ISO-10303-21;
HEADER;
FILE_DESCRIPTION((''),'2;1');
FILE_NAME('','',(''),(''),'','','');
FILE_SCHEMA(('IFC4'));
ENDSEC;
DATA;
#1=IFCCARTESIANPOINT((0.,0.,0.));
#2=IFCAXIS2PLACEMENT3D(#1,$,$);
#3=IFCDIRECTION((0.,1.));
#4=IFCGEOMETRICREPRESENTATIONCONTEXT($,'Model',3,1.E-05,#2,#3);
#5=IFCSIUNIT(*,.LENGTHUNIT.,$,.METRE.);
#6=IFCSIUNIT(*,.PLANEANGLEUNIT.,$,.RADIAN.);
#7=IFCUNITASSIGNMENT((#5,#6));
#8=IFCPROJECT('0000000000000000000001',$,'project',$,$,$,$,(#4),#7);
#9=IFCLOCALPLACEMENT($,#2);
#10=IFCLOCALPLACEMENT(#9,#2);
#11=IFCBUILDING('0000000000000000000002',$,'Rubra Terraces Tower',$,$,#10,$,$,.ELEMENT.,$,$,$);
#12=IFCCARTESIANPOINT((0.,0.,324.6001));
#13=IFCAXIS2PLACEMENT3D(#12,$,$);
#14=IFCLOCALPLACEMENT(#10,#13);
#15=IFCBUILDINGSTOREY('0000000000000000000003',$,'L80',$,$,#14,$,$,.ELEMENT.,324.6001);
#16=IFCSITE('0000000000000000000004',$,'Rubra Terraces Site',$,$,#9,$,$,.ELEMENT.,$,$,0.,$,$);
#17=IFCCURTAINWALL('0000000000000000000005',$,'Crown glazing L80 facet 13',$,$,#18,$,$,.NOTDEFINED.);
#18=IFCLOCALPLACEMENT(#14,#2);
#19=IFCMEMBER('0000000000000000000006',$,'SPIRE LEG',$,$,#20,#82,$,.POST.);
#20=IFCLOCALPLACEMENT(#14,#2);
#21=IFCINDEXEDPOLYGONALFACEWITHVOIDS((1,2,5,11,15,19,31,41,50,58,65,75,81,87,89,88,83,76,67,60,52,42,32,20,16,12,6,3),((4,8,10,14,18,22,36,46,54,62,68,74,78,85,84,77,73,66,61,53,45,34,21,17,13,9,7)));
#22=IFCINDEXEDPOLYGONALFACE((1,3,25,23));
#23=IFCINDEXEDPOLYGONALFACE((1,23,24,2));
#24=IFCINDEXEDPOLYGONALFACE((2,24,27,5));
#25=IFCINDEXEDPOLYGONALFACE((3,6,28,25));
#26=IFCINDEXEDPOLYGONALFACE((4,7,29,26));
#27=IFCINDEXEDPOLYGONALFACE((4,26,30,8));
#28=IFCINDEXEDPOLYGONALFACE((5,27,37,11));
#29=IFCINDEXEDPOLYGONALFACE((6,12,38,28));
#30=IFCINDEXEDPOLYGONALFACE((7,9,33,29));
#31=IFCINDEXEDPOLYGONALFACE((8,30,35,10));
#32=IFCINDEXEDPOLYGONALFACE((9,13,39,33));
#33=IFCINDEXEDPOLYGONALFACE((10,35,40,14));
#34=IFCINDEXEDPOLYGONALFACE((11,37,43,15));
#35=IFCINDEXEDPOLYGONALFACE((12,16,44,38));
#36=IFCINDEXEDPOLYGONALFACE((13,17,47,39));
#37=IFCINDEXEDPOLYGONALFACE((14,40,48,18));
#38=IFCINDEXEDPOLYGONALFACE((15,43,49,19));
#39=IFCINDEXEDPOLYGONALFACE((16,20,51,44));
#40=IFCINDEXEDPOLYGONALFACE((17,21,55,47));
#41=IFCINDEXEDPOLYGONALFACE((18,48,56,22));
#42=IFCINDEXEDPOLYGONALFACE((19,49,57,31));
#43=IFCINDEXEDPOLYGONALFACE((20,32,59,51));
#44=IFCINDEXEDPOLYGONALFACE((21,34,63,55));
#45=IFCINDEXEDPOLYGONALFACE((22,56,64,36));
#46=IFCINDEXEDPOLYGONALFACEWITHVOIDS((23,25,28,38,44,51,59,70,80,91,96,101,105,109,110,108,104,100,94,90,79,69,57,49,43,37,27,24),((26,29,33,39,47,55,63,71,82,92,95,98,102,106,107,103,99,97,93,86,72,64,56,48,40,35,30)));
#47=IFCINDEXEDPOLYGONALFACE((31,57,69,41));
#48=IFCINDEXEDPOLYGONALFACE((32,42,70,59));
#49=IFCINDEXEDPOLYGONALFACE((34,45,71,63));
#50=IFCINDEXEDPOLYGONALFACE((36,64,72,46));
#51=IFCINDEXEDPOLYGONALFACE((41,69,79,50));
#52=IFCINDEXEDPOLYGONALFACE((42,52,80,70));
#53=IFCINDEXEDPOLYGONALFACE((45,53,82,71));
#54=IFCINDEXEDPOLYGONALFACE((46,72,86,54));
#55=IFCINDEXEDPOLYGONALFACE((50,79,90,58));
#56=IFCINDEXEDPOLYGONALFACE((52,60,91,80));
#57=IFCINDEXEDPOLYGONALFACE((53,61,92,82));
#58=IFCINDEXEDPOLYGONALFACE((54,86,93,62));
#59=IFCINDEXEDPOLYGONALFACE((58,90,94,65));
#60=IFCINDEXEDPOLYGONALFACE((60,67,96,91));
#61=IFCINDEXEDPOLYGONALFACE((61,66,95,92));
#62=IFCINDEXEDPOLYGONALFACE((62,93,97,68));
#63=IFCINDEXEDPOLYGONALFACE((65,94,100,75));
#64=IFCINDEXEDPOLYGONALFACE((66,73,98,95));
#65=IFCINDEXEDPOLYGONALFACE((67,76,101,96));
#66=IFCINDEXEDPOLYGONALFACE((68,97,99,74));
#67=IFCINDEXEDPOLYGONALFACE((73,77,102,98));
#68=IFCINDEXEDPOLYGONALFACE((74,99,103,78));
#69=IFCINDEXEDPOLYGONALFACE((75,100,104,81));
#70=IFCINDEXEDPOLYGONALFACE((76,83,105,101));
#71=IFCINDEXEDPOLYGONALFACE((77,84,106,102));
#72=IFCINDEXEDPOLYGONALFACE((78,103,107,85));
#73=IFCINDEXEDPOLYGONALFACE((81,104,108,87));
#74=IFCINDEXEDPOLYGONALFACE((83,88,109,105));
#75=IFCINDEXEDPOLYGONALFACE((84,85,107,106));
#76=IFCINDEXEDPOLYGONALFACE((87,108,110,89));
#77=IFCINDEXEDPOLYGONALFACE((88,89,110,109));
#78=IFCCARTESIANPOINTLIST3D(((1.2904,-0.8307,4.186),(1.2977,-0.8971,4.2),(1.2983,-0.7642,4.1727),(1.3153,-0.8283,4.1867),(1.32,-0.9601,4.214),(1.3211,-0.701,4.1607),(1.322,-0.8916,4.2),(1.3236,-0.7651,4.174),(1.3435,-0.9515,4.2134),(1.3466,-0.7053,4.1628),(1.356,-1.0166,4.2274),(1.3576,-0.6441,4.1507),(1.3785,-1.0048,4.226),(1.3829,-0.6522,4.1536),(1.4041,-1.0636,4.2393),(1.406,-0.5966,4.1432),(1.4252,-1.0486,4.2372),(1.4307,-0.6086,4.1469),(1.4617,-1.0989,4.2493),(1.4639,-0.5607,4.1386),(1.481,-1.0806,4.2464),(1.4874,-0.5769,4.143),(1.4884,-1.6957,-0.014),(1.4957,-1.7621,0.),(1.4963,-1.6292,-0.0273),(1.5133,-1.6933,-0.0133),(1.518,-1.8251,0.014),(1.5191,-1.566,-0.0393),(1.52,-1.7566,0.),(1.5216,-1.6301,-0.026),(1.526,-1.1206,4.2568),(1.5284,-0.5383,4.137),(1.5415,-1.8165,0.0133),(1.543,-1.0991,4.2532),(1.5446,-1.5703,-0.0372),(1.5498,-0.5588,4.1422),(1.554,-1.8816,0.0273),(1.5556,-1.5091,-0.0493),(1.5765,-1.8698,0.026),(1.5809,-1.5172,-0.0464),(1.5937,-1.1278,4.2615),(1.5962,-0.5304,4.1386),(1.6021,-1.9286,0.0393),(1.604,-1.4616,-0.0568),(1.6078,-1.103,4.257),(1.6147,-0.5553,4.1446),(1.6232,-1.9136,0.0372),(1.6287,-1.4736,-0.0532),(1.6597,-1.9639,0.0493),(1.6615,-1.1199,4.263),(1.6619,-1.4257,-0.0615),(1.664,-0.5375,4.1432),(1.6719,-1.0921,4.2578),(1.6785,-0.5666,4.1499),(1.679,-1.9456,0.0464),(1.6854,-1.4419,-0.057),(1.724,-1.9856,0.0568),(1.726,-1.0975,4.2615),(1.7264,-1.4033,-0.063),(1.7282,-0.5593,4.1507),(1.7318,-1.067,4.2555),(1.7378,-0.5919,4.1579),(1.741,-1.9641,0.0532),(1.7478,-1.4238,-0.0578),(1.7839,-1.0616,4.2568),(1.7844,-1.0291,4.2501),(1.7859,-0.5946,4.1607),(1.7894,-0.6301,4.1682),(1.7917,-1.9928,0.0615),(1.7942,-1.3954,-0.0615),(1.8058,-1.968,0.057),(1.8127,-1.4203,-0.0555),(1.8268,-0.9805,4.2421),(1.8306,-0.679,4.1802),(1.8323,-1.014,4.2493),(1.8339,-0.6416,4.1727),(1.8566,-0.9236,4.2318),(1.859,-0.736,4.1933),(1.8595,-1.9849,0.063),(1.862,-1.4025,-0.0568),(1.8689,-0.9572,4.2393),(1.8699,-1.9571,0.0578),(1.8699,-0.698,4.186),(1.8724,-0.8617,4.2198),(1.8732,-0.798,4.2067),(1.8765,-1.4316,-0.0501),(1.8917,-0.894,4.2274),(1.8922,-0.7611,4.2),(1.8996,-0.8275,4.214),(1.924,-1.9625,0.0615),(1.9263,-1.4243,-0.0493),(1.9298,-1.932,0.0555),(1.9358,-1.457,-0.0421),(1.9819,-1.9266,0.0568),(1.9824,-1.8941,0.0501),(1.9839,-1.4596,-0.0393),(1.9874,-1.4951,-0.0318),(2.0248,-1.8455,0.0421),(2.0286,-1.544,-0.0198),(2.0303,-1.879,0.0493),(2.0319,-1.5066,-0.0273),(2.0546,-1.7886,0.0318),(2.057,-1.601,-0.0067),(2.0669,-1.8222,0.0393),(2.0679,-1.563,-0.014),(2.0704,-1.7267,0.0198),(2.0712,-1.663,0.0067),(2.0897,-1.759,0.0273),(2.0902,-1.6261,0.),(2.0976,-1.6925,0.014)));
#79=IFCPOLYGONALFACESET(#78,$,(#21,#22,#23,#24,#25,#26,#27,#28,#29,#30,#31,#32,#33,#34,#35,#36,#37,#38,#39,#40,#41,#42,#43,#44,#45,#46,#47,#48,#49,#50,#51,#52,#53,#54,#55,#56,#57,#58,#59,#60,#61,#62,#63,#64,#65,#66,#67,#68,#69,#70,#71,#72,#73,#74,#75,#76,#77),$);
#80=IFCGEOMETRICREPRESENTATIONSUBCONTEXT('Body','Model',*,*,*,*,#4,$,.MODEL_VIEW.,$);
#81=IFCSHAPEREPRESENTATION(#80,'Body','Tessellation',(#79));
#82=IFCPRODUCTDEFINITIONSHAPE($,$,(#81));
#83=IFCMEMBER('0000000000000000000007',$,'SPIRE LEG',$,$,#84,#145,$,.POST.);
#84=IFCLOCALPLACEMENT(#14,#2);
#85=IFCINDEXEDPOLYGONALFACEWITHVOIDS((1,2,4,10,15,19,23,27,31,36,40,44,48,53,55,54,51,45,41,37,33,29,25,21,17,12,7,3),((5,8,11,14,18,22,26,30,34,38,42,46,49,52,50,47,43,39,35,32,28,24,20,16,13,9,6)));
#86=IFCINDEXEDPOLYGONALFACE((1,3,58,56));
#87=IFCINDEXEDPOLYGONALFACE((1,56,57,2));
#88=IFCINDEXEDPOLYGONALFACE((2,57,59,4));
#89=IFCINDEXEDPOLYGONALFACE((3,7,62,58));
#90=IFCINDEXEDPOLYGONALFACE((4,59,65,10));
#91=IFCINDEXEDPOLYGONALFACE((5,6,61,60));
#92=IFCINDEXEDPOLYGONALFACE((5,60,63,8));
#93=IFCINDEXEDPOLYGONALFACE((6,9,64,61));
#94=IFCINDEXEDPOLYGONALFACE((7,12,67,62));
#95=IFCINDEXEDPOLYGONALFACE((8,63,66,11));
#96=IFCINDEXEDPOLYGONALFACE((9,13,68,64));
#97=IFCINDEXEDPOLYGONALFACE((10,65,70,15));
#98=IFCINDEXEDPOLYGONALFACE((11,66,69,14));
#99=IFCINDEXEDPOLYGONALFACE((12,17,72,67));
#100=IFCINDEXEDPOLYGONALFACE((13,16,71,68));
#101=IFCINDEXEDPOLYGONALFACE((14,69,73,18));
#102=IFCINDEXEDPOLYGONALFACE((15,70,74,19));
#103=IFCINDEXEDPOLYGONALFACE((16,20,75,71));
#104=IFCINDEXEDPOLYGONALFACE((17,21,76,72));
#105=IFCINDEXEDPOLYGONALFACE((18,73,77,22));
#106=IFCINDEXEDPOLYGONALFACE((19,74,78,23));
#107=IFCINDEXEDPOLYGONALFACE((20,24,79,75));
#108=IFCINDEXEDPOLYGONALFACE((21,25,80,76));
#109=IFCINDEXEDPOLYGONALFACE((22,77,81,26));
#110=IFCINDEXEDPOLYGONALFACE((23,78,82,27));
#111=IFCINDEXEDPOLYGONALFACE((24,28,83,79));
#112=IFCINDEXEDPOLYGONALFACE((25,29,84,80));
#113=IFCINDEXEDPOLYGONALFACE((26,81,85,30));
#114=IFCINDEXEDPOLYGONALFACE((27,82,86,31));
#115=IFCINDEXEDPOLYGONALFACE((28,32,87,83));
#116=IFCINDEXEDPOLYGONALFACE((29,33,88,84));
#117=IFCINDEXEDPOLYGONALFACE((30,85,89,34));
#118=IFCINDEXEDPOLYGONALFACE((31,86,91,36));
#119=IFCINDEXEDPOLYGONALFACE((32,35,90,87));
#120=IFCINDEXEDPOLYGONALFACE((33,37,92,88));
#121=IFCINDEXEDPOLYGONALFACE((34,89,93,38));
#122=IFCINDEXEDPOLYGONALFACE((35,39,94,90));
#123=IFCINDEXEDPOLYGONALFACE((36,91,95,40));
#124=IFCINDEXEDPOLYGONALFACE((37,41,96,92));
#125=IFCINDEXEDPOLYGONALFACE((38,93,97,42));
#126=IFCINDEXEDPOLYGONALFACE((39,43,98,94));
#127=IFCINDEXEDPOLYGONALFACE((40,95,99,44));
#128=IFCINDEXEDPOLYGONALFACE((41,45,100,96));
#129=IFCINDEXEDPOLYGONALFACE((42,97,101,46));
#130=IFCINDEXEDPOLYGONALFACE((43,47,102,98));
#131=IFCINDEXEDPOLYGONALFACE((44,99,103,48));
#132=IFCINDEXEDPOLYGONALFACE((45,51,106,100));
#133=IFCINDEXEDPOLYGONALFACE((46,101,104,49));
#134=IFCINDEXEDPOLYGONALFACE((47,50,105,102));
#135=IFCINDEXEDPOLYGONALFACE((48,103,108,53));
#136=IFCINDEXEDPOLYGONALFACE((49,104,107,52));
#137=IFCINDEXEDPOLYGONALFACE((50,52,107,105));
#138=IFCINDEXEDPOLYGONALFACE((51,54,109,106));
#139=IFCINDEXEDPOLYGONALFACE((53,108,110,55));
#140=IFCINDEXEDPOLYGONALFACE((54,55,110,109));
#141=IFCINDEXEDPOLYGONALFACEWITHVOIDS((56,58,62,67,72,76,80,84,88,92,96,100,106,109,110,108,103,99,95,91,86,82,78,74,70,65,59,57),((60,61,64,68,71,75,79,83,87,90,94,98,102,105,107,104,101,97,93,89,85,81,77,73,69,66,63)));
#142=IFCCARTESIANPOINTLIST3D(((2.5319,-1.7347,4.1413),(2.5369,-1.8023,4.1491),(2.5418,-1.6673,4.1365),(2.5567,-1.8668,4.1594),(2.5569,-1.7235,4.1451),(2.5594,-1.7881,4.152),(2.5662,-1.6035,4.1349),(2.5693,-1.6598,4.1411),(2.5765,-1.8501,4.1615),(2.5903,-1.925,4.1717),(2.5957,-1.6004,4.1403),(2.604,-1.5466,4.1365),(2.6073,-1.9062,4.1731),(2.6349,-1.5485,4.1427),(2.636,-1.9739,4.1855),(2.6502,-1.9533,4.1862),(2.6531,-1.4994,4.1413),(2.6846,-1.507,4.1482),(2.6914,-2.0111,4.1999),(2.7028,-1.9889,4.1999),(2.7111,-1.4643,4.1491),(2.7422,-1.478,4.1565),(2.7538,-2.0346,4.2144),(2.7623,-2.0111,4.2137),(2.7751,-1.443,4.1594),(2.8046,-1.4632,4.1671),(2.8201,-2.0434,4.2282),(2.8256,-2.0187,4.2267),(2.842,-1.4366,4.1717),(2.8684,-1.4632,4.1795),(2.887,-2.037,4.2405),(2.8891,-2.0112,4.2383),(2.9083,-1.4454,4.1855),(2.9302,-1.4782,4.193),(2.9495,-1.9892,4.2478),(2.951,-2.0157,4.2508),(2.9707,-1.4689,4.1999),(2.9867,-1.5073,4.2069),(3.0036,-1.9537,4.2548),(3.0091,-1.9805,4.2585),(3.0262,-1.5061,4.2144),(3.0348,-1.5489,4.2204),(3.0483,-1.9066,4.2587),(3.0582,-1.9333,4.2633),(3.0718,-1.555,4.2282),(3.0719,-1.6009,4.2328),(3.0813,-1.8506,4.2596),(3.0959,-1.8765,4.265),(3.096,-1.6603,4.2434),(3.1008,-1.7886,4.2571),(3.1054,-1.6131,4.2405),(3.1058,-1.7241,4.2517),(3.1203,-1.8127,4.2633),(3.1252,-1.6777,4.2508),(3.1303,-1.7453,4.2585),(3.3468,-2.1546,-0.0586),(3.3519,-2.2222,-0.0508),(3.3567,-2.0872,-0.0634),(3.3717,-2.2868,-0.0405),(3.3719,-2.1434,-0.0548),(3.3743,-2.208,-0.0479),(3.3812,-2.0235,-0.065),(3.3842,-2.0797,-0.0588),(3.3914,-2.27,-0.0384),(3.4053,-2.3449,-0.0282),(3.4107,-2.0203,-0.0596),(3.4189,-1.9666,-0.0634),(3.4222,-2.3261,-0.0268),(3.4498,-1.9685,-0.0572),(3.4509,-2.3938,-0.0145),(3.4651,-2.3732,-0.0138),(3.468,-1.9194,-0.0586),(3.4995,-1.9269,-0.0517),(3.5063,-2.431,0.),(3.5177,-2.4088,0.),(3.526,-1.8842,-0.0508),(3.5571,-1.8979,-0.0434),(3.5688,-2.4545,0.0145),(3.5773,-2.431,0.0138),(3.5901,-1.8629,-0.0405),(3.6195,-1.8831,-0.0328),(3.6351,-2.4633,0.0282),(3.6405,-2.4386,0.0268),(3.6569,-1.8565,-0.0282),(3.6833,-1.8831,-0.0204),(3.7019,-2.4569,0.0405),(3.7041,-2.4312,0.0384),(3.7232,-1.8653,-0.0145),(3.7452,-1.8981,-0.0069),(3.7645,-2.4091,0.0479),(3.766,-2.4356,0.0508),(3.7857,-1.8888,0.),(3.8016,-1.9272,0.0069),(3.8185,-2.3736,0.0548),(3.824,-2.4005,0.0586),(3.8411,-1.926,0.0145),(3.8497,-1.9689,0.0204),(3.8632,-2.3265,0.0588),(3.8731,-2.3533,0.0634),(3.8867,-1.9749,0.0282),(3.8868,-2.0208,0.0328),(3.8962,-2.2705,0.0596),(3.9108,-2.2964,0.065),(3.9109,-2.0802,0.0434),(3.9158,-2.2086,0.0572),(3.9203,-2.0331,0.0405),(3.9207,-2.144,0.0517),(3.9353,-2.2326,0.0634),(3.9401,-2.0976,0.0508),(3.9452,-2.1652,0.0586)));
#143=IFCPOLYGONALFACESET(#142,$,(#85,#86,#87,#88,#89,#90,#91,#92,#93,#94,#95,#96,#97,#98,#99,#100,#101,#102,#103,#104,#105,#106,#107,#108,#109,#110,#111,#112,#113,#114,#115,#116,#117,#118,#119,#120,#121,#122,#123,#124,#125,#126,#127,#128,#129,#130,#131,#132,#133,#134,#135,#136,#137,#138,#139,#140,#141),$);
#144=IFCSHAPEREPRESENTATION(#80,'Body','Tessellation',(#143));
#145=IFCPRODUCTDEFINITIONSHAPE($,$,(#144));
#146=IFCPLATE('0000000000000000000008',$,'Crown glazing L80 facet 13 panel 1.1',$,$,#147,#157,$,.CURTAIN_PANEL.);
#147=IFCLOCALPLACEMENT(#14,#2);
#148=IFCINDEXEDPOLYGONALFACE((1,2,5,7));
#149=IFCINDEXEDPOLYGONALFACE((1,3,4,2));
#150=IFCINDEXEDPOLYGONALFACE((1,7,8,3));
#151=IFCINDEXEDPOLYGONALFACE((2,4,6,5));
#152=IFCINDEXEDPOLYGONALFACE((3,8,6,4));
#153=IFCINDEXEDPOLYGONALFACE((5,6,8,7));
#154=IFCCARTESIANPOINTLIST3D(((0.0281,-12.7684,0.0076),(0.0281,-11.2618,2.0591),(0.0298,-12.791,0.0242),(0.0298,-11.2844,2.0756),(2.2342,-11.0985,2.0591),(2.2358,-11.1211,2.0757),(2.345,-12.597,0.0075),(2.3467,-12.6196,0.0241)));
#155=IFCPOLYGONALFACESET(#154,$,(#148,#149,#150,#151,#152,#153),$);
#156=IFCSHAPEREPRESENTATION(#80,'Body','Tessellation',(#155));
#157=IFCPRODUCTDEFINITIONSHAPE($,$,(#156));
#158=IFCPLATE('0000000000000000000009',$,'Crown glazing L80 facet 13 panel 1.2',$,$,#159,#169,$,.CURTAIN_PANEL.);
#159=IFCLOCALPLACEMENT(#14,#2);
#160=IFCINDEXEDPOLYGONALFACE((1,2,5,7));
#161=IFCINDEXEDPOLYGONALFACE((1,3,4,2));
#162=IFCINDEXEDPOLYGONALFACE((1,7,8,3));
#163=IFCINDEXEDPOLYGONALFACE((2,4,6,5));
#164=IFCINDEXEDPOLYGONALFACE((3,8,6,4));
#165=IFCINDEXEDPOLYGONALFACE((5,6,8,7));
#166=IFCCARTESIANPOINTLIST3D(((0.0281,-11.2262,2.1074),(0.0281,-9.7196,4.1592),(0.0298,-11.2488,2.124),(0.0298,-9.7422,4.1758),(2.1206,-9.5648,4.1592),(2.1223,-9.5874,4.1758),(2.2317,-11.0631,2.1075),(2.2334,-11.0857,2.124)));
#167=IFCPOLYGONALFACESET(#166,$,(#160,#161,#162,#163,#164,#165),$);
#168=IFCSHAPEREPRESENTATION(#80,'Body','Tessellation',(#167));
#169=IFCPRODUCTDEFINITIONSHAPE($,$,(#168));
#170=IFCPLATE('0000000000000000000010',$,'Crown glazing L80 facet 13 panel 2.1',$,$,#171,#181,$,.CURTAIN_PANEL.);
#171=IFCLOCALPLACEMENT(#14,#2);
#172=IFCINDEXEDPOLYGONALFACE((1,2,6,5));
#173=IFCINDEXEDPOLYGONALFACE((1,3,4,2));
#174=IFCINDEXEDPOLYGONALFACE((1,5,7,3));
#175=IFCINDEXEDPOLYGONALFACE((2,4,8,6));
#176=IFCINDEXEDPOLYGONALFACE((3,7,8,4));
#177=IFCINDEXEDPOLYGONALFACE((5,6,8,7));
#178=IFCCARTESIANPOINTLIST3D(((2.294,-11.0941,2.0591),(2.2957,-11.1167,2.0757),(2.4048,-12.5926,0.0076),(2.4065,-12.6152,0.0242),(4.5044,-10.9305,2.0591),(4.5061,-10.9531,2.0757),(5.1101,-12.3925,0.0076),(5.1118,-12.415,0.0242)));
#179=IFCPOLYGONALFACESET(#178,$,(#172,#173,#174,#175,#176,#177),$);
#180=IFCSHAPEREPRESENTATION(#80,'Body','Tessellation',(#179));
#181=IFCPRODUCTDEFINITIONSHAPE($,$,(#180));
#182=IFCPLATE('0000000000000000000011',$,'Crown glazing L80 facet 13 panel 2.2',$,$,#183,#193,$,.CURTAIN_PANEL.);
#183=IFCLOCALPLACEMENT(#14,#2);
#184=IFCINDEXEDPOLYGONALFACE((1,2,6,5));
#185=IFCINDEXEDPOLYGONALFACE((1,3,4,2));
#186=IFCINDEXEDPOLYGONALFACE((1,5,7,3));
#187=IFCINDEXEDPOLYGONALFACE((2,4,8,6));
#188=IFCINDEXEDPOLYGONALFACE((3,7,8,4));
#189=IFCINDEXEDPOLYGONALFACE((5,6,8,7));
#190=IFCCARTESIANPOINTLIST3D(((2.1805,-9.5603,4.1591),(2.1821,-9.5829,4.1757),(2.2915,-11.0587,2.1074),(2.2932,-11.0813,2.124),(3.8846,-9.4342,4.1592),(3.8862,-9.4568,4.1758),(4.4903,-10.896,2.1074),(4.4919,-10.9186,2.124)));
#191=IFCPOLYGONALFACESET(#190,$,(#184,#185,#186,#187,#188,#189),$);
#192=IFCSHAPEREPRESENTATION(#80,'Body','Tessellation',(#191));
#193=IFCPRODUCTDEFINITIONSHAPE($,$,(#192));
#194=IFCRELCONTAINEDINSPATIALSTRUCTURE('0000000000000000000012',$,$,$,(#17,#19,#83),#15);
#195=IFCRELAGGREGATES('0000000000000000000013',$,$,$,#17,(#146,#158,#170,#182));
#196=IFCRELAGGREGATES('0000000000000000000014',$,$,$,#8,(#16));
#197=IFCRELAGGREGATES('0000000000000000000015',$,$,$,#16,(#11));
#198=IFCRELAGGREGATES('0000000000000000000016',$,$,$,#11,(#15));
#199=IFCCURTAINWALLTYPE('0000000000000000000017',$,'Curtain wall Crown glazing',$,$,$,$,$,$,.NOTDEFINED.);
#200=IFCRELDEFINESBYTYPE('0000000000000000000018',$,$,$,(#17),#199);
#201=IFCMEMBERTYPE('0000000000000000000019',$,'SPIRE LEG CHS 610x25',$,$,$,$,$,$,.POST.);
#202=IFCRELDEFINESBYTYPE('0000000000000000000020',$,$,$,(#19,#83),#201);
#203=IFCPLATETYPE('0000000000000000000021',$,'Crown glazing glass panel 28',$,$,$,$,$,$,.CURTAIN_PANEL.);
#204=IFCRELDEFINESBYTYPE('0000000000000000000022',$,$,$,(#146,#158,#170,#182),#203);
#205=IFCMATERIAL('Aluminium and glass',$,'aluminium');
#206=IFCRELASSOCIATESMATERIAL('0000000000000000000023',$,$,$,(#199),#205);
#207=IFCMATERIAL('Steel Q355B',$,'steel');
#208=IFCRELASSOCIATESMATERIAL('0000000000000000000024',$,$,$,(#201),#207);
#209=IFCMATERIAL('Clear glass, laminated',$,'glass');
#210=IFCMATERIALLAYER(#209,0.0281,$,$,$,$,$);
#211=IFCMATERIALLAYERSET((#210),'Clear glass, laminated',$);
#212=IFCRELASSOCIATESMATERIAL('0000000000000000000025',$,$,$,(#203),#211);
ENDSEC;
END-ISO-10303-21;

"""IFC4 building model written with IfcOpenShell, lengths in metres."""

from ifc_helpers import new_model, si_unit, direction, frame, origin, origin_2d, place, context, subcontext, project, spatial, polyline, hollow_circle, outline, extrude, material, layer, layer_set, material_profile, profile_set, type_object, element, aggregate, save


model = new_model("IFC4")

# Units and contexts
model_context = context("Model", 3, precision=1e-05, world=origin(), true_north=direction((0.0, 1.0)))
body_context = subcontext(model_context, "Body", "Model", "MODEL_VIEW")
ifc_project = project(units=[si_unit("LENGTHUNIT", "METRE"), si_unit("PLANEANGLEUNIT", "RADIAN")], contexts=[model_context])

# Site, building, storey
site_placement = place(None, origin())
site = spatial("IfcSite", under=ifc_project, at=site_placement, Name="Rubra Terraces Site", CompositionType="ELEMENT", RefElevation=0.0)
building_placement = place(site_placement, origin())
building = spatial("IfcBuilding", under=site, at=building_placement, Name="Rubra Terraces Tower", CompositionType="ELEMENT")
storey_placement = place(building_placement, frame((0.0, 0.0, 324.6001)))
storey = spatial("IfcBuildingStorey", under=building, at=storey_placement, Name="L80", CompositionType="ELEMENT", Elevation=324.6001)

# Shared definitions
ifc_material_1 = material(Name="Steel Q355B", Category="steel")

# Curtain wall
ifc_material_2 = material(Name="Aluminium and glass", Category="aluminium")
curtain_wall_type = type_object("IfcCurtainWallType", Name="Curtain wall Crown glazing", PredefinedType="NOTDEFINED", material=ifc_material_2)
curtain_wall_1_placement = place(storey_placement, origin())
curtain_wall_1 = element("IfcCurtainWall", 1, at=curtain_wall_1_placement, inside=storey, type_object=curtain_wall_type, Name="Crown glazing L80 facet 13", PredefinedType="NOTDEFINED")

# Members
ifc_material_profile_1 = material_profile(ifc_material_1, hollow_circle(Radius=0.3049, WallThickness=0.0249, at=origin_2d()), Name="CHS 610x25")
ifc_profile_set_1 = profile_set([ifc_material_profile_1], Name="Steel Q355B")
member_type_1 = type_object("IfcMemberType", Name="SPIRE LEG CHS 610x25", PredefinedType="POST", material=ifc_profile_set_1)
member_1_placement = place(storey_placement, frame((1.793, -1.6941, 0.0), z_axis=(-0.046125, 0.201504, 0.978401), x_axis=(-0.974788, -0.223131, 0.0)))
element("IfcMember", 2, at=member_1_placement, inside=storey, type_object=member_type_1, Name="SPIRE LEG", PredefinedType="POST", context=body_context, shape_type="SweptSolid", body=[
    extrude(hollow_circle(Radius=0.3049, WallThickness=0.0249, at=origin_2d()), origin(), (0.0, 0.0, 1.0), 4.2927),
])
member_2_placement = place(storey_placement, frame((3.646, -2.1599, 0.0), z_axis=(-0.189572, 0.097683, 0.976996), x_axis=(-0.458046, -0.888929, 0.0)))
element("IfcMember", 3, at=member_2_placement, inside=storey, type_object=member_type_1, Name="SPIRE LEG", PredefinedType="POST", context=body_context, shape_type="SweptSolid", body=[
    extrude(hollow_circle(Radius=0.3049, WallThickness=0.0249, at=origin_2d()), origin(), (0.0, 0.0, 1.0), 4.2988),
])

# Plates
ifc_material_3 = material(Name="Clear glass, laminated", Category="glass")
ifc_layer = layer(ifc_material_3, 0.0281)
ifc_layer_set = layer_set([ifc_layer], Name="Clear glass, laminated")
plate_type = type_object("IfcPlateType", Name="Crown glazing glass panel 28", PredefinedType="CURTAIN_PANEL", material=ifc_layer_set)
plate_1_placement = place(storey_placement, frame((0.0298, -12.791, 0.0242), z_axis=(0.059541, -0.804559, 0.590881), x_axis=(0.997274, 0.073791, -0.000015)))
plate_1 = element("IfcPlate", 4, at=plate_1_placement, type_object=plate_type, Name="Crown glazing L80 facet 13 panel 1.1", PredefinedType="CURTAIN_PANEL", context=body_context, shape_type="SweptSolid", body=[
    extrude(outline(polyline([(0.0, 0.0), (2.3232, 0.0), (2.3232, 2.543), (0.1111, 2.5429), (0.0, 0.0)])), origin(), (0.0, 0.0, -1.0), 0.0281),
])
plate_2_placement = place(storey_placement, frame((0.0298, -11.2488, 2.124), z_axis=(0.059533, -0.804614, 0.590806), x_axis=(0.997273, 0.073795, 0.000009)))
plate_2 = element("IfcPlate", 5, at=plate_2_placement, type_object=plate_type, Name="Crown glazing L80 facet 13 panel 1.2", PredefinedType="CURTAIN_PANEL", context=body_context, shape_type="SweptSolid", body=[
    extrude(outline(polyline([(0.0, 0.0), (2.2096, 0.0), (2.2094, 2.543), (0.1112, 2.5431), (0.0, 0.0)])), origin(), (0.0, 0.0, -1.0), 0.0281),
])
plate_3_placement = place(storey_placement, frame((2.4065, -12.6152, 0.0242), z_axis=(0.059537, -0.804545, 0.590899), x_axis=(0.997273, 0.073799, 0.0)))
plate_3 = element("IfcPlate", 6, at=plate_3_placement, type_object=plate_type, Name="Crown glazing L80 facet 13 panel 2.1", PredefinedType="CURTAIN_PANEL", context=body_context, shape_type="SweptSolid", body=[
    extrude(outline(polyline([(0.0, 0.0), (2.7127, 0.0), (2.2165, 2.543), (0.0001, 2.543), (0.0, 0.0)])), origin(), (0.0, 0.0, -1.0), 0.0281),
])
plate_4_placement = place(storey_placement, frame((2.2932, -11.0813, 2.124), z_axis=(0.059542, -0.8046, 0.590825), x_axis=(0.997274, 0.073783, -0.000024)))
plate_4 = element("IfcPlate", 7, at=plate_4_placement, type_object=plate_type, Name="Crown glazing L80 facet 13 panel 2.2", PredefinedType="CURTAIN_PANEL", context=body_context, shape_type="SweptSolid", body=[
    extrude(outline(polyline([(0.0, 0.0), (2.2047, 0.0), (1.7085, 2.5431), (-0.0003, 2.543), (0.0, 0.0)])), origin(), (0.0, 0.0, -1.0), 0.0281),
])
aggregate(curtain_wall_1, [plate_1, plate_2, plate_3, plate_4])

save(model, "model.ifc")
